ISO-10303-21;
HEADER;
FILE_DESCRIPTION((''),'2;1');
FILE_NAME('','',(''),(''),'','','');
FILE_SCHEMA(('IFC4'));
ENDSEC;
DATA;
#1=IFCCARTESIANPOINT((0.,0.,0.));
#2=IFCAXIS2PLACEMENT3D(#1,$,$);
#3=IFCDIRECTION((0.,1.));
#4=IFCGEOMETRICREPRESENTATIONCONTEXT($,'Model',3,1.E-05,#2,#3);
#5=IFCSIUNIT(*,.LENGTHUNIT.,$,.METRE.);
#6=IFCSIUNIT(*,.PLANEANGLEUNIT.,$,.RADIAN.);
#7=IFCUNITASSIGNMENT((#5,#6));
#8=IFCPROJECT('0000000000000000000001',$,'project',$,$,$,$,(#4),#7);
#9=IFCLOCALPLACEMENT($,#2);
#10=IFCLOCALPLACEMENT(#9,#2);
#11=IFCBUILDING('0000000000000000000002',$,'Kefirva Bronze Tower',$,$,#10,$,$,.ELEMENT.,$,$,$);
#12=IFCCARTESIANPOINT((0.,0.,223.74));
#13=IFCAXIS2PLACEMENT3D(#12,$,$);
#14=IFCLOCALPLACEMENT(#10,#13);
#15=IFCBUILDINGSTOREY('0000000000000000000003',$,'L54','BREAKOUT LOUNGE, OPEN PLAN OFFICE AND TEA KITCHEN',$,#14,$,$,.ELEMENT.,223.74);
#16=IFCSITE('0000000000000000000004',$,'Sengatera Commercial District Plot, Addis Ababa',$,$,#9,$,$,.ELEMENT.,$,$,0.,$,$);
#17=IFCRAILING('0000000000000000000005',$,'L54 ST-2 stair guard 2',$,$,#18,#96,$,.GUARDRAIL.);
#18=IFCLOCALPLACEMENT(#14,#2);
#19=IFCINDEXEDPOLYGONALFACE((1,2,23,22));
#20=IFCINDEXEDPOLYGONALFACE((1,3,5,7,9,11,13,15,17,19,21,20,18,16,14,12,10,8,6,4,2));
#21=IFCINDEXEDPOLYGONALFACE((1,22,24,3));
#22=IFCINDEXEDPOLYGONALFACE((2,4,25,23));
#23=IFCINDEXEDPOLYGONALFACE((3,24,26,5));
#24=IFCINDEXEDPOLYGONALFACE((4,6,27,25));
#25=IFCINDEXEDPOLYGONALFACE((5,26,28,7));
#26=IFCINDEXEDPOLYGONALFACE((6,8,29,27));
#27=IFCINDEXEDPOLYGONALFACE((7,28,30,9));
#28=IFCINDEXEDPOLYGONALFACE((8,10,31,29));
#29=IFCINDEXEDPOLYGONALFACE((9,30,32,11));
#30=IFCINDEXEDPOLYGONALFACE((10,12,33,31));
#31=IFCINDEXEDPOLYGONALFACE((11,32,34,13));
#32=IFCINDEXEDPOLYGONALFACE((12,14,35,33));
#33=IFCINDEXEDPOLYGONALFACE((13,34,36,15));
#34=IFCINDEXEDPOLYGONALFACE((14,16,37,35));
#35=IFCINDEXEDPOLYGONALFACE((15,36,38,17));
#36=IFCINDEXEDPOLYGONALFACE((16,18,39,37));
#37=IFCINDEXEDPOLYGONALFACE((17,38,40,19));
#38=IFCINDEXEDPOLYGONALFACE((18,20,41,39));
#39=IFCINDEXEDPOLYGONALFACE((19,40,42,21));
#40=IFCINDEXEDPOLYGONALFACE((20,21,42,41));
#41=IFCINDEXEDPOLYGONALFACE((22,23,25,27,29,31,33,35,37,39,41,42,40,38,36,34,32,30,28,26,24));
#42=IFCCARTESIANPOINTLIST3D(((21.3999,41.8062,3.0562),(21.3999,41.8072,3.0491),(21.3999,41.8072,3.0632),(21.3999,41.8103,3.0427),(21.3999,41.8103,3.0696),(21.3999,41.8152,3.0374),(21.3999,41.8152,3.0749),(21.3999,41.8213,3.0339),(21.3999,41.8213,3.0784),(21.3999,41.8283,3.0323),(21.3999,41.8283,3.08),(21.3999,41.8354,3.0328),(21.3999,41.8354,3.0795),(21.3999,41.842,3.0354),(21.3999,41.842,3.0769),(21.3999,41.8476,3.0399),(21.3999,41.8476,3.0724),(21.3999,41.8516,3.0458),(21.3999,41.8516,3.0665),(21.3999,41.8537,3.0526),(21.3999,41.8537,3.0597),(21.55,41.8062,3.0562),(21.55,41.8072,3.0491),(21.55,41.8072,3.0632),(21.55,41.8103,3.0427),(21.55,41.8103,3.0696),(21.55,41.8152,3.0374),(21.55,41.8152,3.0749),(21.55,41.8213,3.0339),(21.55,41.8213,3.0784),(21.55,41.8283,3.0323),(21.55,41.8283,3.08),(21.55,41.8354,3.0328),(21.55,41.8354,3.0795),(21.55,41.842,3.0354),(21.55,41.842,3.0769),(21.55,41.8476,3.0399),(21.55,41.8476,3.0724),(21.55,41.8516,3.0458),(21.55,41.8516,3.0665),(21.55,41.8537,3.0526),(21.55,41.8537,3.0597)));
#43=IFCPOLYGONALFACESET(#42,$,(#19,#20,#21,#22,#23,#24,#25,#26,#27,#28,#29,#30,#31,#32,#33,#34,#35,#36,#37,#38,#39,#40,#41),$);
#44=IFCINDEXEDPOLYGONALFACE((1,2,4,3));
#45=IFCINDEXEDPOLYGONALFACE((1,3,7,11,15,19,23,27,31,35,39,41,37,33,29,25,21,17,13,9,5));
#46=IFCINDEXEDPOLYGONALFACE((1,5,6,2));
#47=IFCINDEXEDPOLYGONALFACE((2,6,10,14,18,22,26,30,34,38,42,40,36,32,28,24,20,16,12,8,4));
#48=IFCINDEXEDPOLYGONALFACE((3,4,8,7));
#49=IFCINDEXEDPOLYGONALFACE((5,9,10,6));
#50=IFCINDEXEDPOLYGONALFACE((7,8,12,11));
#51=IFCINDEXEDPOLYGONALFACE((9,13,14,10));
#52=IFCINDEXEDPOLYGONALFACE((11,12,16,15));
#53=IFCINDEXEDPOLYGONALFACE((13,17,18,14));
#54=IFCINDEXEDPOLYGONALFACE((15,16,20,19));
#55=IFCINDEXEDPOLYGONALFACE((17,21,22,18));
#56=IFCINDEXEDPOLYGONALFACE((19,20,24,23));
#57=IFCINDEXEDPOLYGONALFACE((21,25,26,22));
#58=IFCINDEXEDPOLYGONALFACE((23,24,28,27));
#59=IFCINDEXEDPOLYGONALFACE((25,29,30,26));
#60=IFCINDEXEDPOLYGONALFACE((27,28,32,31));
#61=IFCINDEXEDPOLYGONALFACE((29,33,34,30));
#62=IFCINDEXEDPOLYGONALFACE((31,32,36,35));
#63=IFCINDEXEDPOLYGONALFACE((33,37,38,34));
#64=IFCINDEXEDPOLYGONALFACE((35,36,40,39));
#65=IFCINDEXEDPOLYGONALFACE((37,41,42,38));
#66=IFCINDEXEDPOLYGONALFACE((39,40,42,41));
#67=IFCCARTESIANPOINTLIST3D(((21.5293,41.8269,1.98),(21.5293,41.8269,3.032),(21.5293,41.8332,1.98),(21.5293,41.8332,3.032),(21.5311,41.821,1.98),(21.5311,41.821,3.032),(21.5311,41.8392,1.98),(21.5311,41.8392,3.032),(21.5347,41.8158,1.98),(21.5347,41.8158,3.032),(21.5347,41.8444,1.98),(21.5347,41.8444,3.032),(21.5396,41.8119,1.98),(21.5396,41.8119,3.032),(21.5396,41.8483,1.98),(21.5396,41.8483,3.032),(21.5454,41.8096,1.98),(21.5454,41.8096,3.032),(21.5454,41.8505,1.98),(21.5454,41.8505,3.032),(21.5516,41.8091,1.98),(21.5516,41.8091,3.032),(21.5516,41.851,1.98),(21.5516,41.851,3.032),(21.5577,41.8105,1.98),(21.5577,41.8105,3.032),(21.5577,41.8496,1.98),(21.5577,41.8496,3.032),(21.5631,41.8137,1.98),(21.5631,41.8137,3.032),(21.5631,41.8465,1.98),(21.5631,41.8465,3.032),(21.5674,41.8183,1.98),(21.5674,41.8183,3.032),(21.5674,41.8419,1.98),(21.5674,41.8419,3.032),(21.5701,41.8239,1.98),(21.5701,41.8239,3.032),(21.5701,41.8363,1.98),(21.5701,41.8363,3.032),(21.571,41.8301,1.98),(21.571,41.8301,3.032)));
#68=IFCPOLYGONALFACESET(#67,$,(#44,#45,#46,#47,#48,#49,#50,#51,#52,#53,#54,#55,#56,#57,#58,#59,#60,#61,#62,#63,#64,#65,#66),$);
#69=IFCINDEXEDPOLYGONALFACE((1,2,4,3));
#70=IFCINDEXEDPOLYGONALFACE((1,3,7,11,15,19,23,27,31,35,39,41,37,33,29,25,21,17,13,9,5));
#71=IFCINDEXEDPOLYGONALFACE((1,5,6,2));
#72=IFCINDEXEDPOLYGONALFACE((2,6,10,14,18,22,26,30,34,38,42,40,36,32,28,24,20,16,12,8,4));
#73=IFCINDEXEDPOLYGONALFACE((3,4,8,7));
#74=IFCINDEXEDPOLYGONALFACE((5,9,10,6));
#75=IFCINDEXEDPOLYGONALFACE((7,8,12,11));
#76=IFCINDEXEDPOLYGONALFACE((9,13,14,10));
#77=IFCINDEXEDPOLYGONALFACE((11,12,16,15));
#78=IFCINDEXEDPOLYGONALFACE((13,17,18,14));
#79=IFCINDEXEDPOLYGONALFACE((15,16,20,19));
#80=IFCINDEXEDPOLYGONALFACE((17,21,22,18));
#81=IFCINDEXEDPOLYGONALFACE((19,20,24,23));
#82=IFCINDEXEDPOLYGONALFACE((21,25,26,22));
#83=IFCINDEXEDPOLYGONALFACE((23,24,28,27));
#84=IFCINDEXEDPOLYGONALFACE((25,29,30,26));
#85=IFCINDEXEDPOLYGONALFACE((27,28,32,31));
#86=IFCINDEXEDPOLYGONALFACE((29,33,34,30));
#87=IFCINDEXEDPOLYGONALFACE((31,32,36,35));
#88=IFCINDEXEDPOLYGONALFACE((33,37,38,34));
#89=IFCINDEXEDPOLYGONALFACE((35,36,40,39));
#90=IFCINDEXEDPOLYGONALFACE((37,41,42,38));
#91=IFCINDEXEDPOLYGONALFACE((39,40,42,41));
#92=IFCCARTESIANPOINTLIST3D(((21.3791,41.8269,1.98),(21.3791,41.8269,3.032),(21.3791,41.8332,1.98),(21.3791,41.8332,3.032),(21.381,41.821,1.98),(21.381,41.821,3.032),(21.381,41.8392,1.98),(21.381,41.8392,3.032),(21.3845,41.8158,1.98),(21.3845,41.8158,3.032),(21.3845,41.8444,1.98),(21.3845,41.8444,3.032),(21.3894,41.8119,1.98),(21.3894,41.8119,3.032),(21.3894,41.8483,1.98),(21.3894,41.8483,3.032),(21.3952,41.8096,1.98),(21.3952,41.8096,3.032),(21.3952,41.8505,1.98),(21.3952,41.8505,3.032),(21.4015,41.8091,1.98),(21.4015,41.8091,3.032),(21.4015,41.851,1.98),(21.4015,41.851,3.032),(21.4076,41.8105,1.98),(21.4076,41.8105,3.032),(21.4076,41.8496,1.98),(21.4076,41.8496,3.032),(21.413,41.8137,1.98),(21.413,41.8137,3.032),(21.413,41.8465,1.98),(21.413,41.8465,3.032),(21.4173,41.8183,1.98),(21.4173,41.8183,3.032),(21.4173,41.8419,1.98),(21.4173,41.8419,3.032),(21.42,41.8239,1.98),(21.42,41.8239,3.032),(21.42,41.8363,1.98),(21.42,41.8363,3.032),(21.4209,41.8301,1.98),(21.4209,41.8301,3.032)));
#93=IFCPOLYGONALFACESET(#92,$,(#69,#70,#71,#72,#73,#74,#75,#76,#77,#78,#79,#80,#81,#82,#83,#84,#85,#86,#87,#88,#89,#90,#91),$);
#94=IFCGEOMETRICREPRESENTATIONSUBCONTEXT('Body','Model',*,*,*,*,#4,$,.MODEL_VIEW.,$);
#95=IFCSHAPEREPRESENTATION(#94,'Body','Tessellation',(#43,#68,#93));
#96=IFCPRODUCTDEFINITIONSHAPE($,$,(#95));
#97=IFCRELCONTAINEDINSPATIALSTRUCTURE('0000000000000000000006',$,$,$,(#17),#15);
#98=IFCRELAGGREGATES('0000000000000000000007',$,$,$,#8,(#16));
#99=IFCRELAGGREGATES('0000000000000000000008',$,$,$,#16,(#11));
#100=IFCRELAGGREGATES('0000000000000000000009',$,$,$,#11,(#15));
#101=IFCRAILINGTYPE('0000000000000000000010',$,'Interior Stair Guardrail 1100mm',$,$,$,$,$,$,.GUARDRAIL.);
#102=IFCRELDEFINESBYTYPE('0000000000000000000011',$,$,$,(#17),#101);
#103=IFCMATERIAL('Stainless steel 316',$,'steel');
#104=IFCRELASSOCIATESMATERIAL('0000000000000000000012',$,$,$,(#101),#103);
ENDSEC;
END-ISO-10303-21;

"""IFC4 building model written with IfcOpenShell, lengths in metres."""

from ifc_helpers import new_model, si_unit, direction, frame, origin, origin_2d, place, context, subcontext, project, spatial, circle, extrude, material, type_object, element, save


model = new_model("IFC4")

# Units and contexts
model_context = context("Model", 3, precision=1e-05, world=origin(), true_north=direction((0.0, 1.0)))
body_context = subcontext(model_context, "Body", "Model", "MODEL_VIEW")
ifc_project = project(units=[si_unit("LENGTHUNIT", "METRE"), si_unit("PLANEANGLEUNIT", "RADIAN")], contexts=[model_context])

# Site, building, storey
site_placement = place(None, origin())
site = spatial("IfcSite", under=ifc_project, at=site_placement, Name="Sengatera Commercial District Plot, Addis Ababa", CompositionType="ELEMENT", RefElevation=0.0)
building_placement = place(site_placement, origin())
building = spatial("IfcBuilding", under=site, at=building_placement, Name="Kefirva Bronze Tower", CompositionType="ELEMENT")
storey_placement = place(building_placement, frame((0.0, 0.0, 223.74)))
storey = spatial("IfcBuildingStorey", under=building, at=storey_placement, Name="L54", Description="BREAKOUT LOUNGE, OPEN PLAN OFFICE AND TEA KITCHEN", CompositionType="ELEMENT", Elevation=223.74)

# Railing
ifc_material_1 = material(Name="Stainless steel 316", Category="steel")
railing_type_1 = type_object("IfcRailingType", Name="Interior Stair Guardrail 1100mm", PredefinedType="GUARDRAIL", material=ifc_material_1)
railing_1_placement = place(storey_placement, frame((21.55, 41.8301, 1.98)))
element("IfcRailing", 1, at=railing_1_placement, inside=storey, type_object=railing_type_1, Name="L54 ST-2 stair guard 2", PredefinedType="GUARDRAIL", context=body_context, shape_type="SweptSolid", body=[
    extrude(circle(Radius=0.0239, at=origin_2d()), frame((0.0, 0.0, 1.0762), z_axis=(-1.0, 0.0, 0.0), x_axis=(0.0, -1.0, 0.0)), (0.0, 0.0, 1.0), 0.1501),
    extrude(circle(Radius=0.021, at=origin_2d()), origin(), (0.0, 0.0, 1.0), 1.052),
    extrude(circle(Radius=0.021, at=origin_2d()), frame((-0.1501, 0.0, 0.0)), (0.0, 0.0, 1.0), 1.052),
])

save(model, "model.ifc")
